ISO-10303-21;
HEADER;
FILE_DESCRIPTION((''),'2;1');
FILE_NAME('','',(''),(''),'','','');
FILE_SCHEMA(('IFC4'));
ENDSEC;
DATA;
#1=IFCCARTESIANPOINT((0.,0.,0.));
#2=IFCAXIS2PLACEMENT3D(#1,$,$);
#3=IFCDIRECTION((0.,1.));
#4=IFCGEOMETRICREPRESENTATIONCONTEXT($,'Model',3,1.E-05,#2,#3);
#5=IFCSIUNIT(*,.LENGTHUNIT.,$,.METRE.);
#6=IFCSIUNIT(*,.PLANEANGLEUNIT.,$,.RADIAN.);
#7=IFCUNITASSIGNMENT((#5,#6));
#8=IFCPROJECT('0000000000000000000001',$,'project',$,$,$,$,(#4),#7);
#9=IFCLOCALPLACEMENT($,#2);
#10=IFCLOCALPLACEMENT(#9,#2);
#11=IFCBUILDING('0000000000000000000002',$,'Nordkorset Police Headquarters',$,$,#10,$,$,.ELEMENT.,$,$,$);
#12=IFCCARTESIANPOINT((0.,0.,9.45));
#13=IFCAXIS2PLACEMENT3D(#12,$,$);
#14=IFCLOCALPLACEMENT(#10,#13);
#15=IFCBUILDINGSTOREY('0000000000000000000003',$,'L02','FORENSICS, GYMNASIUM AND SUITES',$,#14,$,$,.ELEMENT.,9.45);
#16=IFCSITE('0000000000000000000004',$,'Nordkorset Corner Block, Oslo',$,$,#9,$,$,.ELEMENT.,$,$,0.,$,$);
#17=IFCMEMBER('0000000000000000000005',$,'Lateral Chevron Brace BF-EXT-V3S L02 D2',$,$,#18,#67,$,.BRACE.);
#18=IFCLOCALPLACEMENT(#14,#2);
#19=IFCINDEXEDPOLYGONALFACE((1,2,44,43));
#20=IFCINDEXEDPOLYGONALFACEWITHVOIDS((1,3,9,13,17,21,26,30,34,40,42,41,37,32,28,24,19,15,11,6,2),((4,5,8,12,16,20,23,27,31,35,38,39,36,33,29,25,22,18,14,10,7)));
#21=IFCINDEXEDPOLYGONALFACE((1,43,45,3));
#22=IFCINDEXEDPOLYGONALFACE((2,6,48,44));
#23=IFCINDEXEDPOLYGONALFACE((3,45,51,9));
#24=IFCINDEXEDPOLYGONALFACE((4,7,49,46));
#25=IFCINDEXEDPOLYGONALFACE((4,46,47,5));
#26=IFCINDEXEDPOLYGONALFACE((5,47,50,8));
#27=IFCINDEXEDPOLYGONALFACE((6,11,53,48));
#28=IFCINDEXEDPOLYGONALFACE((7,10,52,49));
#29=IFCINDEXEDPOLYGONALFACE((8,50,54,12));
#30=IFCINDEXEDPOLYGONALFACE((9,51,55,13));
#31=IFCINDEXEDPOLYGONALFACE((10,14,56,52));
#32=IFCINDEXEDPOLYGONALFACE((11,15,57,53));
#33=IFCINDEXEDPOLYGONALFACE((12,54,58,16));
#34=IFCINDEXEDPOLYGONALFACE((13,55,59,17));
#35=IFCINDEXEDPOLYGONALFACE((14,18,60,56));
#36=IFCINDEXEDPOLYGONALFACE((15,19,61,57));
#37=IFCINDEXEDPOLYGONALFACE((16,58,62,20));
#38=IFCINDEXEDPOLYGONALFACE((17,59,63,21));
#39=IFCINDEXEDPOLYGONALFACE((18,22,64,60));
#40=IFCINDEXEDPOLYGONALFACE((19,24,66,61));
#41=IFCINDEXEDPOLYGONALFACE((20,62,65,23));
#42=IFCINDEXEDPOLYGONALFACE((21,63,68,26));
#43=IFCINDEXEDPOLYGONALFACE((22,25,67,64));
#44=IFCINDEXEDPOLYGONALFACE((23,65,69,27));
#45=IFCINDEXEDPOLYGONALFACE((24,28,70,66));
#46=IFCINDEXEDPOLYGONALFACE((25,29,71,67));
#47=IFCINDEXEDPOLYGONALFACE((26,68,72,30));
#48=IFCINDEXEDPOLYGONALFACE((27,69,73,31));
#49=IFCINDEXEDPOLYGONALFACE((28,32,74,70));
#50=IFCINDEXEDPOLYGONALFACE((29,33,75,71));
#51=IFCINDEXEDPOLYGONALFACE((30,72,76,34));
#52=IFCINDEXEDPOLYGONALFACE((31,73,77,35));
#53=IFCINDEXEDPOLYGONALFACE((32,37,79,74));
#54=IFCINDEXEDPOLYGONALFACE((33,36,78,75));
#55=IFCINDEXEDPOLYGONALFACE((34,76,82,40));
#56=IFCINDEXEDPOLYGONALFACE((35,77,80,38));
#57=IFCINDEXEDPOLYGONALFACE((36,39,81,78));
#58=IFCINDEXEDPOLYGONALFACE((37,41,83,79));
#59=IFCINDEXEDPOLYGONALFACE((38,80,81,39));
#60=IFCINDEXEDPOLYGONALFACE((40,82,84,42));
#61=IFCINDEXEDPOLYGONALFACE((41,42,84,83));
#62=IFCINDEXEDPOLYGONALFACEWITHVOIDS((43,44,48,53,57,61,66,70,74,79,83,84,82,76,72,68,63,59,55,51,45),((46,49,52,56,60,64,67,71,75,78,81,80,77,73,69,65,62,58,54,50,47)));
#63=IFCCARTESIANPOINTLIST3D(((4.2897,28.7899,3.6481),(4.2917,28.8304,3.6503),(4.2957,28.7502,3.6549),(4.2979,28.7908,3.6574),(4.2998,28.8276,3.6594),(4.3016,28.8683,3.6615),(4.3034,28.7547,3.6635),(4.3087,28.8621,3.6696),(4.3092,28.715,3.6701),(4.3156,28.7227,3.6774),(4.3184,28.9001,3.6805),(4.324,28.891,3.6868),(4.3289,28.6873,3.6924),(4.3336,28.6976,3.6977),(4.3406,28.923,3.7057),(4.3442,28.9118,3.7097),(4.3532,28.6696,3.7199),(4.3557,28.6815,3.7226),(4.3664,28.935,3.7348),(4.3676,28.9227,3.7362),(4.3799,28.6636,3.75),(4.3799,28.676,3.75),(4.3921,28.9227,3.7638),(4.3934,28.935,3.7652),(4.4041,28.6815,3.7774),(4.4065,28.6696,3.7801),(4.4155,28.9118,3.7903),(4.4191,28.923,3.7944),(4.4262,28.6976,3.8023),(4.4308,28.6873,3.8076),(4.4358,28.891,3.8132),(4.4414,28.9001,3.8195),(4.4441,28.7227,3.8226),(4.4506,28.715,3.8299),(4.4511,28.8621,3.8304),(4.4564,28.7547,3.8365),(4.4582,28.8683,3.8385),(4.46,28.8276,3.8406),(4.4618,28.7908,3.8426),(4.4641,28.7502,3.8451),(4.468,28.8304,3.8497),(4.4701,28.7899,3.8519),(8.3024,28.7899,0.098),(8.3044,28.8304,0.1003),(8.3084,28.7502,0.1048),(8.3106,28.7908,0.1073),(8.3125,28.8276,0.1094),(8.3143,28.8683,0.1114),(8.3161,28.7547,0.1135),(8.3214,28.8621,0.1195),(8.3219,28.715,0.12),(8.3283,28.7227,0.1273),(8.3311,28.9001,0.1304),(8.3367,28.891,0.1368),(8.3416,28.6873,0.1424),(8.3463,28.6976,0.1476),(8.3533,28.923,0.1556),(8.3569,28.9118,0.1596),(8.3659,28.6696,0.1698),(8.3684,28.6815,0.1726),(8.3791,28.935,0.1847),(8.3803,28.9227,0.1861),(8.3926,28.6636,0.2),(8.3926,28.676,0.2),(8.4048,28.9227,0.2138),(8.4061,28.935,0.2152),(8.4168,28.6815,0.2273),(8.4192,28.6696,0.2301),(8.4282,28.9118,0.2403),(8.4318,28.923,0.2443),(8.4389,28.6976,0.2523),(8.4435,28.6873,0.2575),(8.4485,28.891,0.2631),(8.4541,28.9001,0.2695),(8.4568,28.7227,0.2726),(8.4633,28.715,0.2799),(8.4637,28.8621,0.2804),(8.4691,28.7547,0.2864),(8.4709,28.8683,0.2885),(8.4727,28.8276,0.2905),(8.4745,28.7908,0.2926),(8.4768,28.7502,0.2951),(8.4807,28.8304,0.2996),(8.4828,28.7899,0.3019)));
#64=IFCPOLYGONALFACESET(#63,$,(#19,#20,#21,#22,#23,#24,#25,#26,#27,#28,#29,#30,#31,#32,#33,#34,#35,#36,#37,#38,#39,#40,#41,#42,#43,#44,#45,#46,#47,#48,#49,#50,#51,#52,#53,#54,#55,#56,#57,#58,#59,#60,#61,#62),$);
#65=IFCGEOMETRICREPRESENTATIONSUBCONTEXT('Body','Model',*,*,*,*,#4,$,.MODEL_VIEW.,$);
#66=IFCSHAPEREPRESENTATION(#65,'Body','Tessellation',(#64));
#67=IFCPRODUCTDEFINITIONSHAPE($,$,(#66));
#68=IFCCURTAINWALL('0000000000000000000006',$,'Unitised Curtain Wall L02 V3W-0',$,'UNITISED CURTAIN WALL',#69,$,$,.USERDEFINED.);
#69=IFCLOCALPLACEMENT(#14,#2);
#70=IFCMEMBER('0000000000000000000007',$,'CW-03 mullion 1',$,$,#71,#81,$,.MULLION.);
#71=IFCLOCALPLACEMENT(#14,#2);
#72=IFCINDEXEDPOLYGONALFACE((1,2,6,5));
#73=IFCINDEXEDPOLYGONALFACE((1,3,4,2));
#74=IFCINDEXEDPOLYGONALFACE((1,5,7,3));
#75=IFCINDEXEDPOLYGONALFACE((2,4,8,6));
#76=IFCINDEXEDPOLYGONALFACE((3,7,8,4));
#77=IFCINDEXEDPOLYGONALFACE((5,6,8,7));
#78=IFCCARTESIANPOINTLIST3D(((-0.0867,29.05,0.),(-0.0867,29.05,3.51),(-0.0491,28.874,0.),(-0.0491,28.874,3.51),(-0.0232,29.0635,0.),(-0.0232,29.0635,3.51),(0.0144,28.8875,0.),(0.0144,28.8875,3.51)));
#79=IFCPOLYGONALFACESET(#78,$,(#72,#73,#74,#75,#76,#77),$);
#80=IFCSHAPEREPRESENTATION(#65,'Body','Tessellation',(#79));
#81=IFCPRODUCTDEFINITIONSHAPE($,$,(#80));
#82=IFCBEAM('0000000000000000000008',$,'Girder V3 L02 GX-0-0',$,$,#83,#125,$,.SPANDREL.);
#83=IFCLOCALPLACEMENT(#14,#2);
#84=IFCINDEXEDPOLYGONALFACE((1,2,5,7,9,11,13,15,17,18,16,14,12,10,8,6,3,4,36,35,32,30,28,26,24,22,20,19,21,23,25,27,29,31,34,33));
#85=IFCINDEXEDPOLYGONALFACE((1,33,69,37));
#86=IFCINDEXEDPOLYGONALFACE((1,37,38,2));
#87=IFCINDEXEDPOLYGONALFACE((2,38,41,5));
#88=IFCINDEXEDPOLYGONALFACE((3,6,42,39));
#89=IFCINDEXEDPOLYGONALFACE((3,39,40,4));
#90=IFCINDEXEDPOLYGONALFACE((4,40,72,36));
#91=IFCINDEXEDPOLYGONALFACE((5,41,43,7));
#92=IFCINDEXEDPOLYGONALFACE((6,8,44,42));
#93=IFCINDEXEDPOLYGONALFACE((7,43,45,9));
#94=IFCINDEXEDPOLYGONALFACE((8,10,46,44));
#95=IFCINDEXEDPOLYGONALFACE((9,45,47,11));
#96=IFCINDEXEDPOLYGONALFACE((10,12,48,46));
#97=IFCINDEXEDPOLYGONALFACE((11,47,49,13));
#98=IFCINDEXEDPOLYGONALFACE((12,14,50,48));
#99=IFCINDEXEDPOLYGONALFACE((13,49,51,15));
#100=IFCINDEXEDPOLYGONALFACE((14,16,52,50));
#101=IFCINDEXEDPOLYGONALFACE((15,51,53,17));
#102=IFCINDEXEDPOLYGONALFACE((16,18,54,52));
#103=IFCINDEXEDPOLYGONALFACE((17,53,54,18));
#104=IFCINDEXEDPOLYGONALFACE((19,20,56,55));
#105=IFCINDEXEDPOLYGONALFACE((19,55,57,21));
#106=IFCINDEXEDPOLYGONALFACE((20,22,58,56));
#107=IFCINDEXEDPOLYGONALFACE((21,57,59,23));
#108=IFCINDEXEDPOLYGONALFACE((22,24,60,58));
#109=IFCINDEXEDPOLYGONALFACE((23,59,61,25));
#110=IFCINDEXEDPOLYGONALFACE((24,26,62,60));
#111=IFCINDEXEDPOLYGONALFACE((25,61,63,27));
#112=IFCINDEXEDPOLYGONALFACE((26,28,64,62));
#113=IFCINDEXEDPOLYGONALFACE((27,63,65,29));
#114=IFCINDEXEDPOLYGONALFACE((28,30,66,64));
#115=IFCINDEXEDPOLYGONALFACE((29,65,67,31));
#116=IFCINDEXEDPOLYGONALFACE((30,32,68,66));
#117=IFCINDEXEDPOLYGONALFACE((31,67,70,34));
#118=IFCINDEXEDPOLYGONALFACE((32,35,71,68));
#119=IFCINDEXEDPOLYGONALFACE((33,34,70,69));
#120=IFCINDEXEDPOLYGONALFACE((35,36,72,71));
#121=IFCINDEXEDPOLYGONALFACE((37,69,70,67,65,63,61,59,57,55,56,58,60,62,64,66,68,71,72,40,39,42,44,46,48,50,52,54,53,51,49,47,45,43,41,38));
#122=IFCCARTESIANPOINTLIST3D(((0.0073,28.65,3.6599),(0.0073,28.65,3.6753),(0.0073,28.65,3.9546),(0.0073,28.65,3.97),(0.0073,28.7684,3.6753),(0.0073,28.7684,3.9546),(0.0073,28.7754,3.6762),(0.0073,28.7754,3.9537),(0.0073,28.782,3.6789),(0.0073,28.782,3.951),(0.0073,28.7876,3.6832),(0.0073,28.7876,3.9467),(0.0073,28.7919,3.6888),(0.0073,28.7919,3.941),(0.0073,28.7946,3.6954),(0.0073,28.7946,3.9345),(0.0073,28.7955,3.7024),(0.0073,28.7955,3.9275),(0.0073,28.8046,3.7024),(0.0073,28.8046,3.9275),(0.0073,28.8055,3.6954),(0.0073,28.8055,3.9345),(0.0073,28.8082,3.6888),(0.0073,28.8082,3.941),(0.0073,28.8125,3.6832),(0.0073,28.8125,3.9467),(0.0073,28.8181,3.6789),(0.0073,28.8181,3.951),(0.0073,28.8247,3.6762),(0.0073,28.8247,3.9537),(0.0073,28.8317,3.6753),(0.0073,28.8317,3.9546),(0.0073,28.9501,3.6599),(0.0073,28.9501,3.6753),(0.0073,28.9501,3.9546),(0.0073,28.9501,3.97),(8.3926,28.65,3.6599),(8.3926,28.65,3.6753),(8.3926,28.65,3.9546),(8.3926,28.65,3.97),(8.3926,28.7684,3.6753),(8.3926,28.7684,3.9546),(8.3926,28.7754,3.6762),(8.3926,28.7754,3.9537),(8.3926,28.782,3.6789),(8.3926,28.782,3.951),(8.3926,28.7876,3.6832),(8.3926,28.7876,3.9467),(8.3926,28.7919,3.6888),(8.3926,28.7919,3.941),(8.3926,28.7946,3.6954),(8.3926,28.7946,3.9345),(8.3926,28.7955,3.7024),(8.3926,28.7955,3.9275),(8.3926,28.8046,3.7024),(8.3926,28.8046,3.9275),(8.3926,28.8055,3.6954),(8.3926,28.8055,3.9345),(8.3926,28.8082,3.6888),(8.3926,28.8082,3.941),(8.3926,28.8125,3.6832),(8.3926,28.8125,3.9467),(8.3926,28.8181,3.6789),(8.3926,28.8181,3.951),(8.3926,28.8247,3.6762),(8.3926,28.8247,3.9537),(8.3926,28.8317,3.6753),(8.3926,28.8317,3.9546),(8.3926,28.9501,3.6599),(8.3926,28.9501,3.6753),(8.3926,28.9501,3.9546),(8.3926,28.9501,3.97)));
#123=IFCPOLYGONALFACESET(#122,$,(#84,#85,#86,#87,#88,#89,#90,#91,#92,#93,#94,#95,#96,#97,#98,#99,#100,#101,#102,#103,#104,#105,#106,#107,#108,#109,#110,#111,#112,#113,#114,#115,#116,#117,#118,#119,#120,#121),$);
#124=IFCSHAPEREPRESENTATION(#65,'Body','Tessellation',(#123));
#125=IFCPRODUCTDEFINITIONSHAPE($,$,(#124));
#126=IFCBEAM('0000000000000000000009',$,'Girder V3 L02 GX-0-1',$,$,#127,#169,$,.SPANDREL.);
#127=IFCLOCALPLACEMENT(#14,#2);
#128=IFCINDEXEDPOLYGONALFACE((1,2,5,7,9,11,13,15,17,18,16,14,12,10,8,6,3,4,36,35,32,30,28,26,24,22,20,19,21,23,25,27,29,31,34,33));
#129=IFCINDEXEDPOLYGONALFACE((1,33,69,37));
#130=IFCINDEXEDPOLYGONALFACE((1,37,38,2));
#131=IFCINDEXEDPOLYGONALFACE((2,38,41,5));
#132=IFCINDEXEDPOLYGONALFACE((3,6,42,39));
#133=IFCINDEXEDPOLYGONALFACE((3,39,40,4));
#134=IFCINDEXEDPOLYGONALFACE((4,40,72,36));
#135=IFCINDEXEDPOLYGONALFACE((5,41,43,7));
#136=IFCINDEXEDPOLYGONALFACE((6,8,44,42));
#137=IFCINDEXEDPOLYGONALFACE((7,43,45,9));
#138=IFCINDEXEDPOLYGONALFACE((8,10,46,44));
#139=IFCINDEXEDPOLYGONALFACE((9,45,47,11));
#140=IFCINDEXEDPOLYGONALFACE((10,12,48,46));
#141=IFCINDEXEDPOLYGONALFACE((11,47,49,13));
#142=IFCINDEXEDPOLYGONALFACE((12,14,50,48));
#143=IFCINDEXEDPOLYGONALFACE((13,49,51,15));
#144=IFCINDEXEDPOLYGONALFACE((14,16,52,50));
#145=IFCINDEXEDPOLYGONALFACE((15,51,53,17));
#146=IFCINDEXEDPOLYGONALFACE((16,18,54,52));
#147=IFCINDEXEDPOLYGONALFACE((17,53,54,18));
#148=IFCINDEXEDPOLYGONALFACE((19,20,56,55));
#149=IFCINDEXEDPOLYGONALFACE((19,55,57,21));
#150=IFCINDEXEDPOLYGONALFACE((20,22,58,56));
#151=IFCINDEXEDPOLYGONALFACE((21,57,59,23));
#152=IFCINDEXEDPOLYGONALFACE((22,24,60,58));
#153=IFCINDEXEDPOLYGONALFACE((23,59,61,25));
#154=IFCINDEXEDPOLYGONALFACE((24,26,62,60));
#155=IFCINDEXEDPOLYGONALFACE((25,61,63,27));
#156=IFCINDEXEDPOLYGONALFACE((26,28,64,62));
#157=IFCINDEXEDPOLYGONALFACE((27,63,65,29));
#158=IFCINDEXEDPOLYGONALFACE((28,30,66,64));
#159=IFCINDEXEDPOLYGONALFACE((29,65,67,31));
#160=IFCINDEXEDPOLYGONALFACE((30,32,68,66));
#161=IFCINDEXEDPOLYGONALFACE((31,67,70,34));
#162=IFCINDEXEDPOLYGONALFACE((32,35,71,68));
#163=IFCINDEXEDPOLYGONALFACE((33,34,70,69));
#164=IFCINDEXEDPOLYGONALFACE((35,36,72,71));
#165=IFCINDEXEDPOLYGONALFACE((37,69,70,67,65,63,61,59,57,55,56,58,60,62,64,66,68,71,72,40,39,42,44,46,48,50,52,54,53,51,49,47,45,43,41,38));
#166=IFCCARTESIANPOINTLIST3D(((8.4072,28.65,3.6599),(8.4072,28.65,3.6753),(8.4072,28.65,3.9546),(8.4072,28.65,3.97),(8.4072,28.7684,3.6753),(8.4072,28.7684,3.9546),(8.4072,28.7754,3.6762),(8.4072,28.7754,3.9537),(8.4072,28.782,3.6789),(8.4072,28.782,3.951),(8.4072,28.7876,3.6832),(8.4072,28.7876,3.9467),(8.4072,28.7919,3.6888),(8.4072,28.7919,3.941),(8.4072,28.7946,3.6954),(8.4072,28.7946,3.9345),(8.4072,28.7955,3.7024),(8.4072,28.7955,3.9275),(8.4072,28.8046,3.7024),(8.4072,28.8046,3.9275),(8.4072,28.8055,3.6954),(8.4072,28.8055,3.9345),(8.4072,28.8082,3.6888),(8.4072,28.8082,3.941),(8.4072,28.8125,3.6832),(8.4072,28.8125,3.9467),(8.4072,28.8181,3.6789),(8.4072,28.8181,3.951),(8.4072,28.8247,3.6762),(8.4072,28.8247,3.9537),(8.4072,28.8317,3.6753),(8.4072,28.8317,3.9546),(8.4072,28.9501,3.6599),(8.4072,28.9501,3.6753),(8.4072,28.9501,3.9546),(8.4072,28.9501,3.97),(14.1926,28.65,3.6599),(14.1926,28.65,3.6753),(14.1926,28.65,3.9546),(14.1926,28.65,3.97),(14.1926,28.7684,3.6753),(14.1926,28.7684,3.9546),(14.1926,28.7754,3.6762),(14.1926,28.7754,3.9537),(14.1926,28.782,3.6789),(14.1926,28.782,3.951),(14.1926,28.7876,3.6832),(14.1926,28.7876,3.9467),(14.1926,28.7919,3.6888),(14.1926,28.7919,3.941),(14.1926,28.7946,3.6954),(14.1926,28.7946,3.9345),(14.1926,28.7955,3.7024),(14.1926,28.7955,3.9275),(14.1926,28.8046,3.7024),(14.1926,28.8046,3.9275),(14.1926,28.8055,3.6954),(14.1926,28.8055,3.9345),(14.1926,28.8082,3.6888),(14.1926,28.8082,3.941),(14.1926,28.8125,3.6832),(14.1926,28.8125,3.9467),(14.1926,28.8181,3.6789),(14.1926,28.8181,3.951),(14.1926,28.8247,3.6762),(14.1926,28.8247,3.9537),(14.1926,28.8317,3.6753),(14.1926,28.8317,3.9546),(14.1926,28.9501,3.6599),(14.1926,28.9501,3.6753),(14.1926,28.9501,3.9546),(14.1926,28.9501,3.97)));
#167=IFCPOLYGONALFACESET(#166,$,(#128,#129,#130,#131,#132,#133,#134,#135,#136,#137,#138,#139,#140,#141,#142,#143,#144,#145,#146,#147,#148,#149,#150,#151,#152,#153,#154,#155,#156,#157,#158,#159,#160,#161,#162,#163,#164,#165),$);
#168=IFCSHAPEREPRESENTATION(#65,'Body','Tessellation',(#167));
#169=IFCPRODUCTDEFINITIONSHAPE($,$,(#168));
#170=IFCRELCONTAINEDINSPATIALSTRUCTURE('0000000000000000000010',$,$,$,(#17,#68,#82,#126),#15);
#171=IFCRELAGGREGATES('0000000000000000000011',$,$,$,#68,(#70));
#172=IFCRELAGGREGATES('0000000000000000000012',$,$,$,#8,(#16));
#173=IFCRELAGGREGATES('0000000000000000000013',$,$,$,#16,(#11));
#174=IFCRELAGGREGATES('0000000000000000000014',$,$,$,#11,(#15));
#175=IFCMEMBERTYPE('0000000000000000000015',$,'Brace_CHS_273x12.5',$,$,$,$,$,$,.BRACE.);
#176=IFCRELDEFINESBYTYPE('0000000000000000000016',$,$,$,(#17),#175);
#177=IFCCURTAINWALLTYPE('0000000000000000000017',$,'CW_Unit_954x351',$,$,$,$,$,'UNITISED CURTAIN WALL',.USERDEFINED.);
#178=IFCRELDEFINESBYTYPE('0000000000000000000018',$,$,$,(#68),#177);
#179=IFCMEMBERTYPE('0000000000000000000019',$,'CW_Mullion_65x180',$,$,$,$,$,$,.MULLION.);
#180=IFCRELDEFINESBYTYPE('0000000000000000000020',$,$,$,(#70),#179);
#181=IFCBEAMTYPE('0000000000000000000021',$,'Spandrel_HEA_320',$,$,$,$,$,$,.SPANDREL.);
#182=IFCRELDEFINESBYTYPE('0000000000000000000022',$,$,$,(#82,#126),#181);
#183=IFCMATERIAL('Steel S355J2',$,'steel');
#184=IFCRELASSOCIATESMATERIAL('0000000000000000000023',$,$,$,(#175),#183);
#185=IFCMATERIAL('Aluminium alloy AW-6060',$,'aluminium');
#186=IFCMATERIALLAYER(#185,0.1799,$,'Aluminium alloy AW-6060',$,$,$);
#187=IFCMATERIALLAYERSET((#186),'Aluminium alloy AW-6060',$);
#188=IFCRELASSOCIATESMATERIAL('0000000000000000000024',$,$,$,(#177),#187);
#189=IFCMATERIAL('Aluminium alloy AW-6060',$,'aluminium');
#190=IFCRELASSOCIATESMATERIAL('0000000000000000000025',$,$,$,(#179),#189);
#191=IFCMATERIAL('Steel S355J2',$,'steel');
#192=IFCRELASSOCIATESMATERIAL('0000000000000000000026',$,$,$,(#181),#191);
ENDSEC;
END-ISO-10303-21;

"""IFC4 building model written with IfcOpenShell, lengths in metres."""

from ifc_helpers import new_model, si_unit, direction, frame, origin, origin_2d, place, context, subcontext, project, spatial, rectangle, hollow_circle, i_section, extrude, material, layer, layer_set, material_profile, profile_set, type_object, element, aggregate, save


model = new_model("IFC4")

# Units and contexts
model_context = context("Model", 3, precision=1e-05, world=origin(), true_north=direction((0.0, 1.0)))
body_context = subcontext(model_context, "Body", "Model", "MODEL_VIEW")
ifc_project = project(units=[si_unit("LENGTHUNIT", "METRE"), si_unit("PLANEANGLEUNIT", "RADIAN")], contexts=[model_context])

# Site, building, storey
site_placement = place(None, origin())
site = spatial("IfcSite", under=ifc_project, at=site_placement, Name="Nordkorset Corner Block, Oslo", CompositionType="ELEMENT", RefElevation=0.0)
building_placement = place(site_placement, origin())
building = spatial("IfcBuilding", under=site, at=building_placement, Name="Nordkorset Police Headquarters", CompositionType="ELEMENT")
storey_placement = place(building_placement, frame((0.0, 0.0, 9.45)))
storey = spatial("IfcBuildingStorey", under=building, at=storey_placement, Name="L02", Description="FORENSICS, GYMNASIUM AND SUITES", CompositionType="ELEMENT", Elevation=9.45)

# Member
ifc_material_1 = material(Name="Steel S355J2", Category="steel")
ifc_material_profile_1 = material_profile(ifc_material_1, hollow_circle(Radius=0.1365, WallThickness=0.0125, at=origin_2d()), Name="CHS 273x12.5")
ifc_profile_set_1 = profile_set([ifc_material_profile_1], Name="Steel S355J2")
member_type_1 = type_object("IfcMemberType", Name="Brace_CHS_273x12.5", PredefinedType="BRACE", material=ifc_profile_set_1)
for number, where, z_axis, x_axis, name in (
    (1, (8.3926, 28.8, 0.2), (-0.748964, 0.0, 0.662611), (0.0, -1.0, 0.0), "Lateral Chevron Brace BF-EXT-V3S L02 D2"),
):
    element("IfcMember", number, at=place(storey_placement, frame(where, z_axis=z_axis, x_axis=x_axis)), inside=storey, type_object=member_type_1, Name=name, PredefinedType="BRACE", context=body_context, shape_type="SweptSolid", body=[
        extrude(hollow_circle(Radius=0.1365, WallThickness=0.0125, at=origin_2d()), origin(), (0.0, 0.0, 1.0), 5.3577),
    ])

# Curtain wall, member
ifc_material_2 = material(Name="Aluminium alloy AW-6060", Category="aluminium")
ifc_layer_1 = layer(ifc_material_2, 0.1799, Name="Aluminium alloy AW-6060")
ifc_layer_set_1 = layer_set([ifc_layer_1], Name="Aluminium alloy AW-6060")
curtain_wall_type = type_object("IfcCurtainWallType", Name="CW_Unit_954x351", ElementType="UNITISED CURTAIN WALL", PredefinedType="USERDEFINED", material=ifc_layer_set_1)
curtain_wall_placement = place(storey_placement, origin())
curtain_wall = element("IfcCurtainWall", 2, at=curtain_wall_placement, inside=storey, type_object=curtain_wall_type, Name="Unitised Curtain Wall L02 V3W-0", ObjectType="UNITISED CURTAIN WALL", PredefinedType="USERDEFINED")
ifc_material_3 = material(Name="Aluminium alloy AW-6060", Category="aluminium")
ifc_material_profile_2 = material_profile(ifc_material_3, rectangle(XDim=0.0649, YDim=0.1799, at=origin_2d()), Name="ALU MULL 65x180")
ifc_profile_set_2 = profile_set([ifc_material_profile_2], Name="Aluminium alloy AW-6060")
member_type_2 = type_object("IfcMemberType", Name="CW_Mullion_65x180", PredefinedType="MULLION", material=ifc_profile_set_2)
member_placement = place(storey_placement, frame((-0.0361, 28.9688, 0.0), z_axis=(0.0, 0.0, 1.0), x_axis=(-0.977951, -0.208833, 0.0)))
member = element("IfcMember", 3, at=member_placement, type_object=member_type_2, Name="CW-03 mullion 1", PredefinedType="MULLION", context=body_context, shape_type="SweptSolid", body=[
    extrude(rectangle(XDim=0.0649, YDim=0.1799, at=origin_2d()), origin(), (0.0, 0.0, 1.0), 3.51),
])
aggregate(curtain_wall, [member])

# Beams
ifc_material_4 = material(Name="Steel S355J2", Category="steel")
ifc_material_profile_3 = material_profile(ifc_material_4, i_section(OverallWidth=0.3, OverallDepth=0.3101, WebThickness=0.009, FlangeThickness=0.0154, FilletRadius=0.0271, at=origin_2d()), Name="HEA 320")
ifc_profile_set_3 = profile_set([ifc_material_profile_3], Name="Steel S355J2")
beam_type_1 = type_object("IfcBeamType", Name="Spandrel_HEA_320", PredefinedType="SPANDREL", material=ifc_profile_set_3)
beam_1_placement = place(storey_placement, frame((0.0073, 28.8, 3.8149), z_axis=(1.0, 0.0, 0.0), x_axis=(0.0, 1.0, 0.0)))
element("IfcBeam", 4, at=beam_1_placement, inside=storey, type_object=beam_type_1, Name="Girder V3 L02 GX-0-0", PredefinedType="SPANDREL", context=body_context, shape_type="SweptSolid", body=[
    extrude(i_section(OverallWidth=0.3, OverallDepth=0.3101, WebThickness=0.009, FlangeThickness=0.0154, FilletRadius=0.0271, at=origin_2d()), origin(), (0.0, 0.0, 1.0), 8.3853),
])
beam_2_placement = place(storey_placement, frame((8.4072, 28.8, 3.8149), z_axis=(1.0, 0.0, 0.0), x_axis=(0.0, 1.0, 0.0)))
element("IfcBeam", 5, at=beam_2_placement, inside=storey, type_object=beam_type_1, Name="Girder V3 L02 GX-0-1", PredefinedType="SPANDREL", context=body_context, shape_type="SweptSolid", body=[
    extrude(i_section(OverallWidth=0.3, OverallDepth=0.3101, WebThickness=0.009, FlangeThickness=0.0154, FilletRadius=0.0271, at=origin_2d()), origin(), (0.0, 0.0, 1.0), 5.7854),
])

save(model, "model.ifc")
